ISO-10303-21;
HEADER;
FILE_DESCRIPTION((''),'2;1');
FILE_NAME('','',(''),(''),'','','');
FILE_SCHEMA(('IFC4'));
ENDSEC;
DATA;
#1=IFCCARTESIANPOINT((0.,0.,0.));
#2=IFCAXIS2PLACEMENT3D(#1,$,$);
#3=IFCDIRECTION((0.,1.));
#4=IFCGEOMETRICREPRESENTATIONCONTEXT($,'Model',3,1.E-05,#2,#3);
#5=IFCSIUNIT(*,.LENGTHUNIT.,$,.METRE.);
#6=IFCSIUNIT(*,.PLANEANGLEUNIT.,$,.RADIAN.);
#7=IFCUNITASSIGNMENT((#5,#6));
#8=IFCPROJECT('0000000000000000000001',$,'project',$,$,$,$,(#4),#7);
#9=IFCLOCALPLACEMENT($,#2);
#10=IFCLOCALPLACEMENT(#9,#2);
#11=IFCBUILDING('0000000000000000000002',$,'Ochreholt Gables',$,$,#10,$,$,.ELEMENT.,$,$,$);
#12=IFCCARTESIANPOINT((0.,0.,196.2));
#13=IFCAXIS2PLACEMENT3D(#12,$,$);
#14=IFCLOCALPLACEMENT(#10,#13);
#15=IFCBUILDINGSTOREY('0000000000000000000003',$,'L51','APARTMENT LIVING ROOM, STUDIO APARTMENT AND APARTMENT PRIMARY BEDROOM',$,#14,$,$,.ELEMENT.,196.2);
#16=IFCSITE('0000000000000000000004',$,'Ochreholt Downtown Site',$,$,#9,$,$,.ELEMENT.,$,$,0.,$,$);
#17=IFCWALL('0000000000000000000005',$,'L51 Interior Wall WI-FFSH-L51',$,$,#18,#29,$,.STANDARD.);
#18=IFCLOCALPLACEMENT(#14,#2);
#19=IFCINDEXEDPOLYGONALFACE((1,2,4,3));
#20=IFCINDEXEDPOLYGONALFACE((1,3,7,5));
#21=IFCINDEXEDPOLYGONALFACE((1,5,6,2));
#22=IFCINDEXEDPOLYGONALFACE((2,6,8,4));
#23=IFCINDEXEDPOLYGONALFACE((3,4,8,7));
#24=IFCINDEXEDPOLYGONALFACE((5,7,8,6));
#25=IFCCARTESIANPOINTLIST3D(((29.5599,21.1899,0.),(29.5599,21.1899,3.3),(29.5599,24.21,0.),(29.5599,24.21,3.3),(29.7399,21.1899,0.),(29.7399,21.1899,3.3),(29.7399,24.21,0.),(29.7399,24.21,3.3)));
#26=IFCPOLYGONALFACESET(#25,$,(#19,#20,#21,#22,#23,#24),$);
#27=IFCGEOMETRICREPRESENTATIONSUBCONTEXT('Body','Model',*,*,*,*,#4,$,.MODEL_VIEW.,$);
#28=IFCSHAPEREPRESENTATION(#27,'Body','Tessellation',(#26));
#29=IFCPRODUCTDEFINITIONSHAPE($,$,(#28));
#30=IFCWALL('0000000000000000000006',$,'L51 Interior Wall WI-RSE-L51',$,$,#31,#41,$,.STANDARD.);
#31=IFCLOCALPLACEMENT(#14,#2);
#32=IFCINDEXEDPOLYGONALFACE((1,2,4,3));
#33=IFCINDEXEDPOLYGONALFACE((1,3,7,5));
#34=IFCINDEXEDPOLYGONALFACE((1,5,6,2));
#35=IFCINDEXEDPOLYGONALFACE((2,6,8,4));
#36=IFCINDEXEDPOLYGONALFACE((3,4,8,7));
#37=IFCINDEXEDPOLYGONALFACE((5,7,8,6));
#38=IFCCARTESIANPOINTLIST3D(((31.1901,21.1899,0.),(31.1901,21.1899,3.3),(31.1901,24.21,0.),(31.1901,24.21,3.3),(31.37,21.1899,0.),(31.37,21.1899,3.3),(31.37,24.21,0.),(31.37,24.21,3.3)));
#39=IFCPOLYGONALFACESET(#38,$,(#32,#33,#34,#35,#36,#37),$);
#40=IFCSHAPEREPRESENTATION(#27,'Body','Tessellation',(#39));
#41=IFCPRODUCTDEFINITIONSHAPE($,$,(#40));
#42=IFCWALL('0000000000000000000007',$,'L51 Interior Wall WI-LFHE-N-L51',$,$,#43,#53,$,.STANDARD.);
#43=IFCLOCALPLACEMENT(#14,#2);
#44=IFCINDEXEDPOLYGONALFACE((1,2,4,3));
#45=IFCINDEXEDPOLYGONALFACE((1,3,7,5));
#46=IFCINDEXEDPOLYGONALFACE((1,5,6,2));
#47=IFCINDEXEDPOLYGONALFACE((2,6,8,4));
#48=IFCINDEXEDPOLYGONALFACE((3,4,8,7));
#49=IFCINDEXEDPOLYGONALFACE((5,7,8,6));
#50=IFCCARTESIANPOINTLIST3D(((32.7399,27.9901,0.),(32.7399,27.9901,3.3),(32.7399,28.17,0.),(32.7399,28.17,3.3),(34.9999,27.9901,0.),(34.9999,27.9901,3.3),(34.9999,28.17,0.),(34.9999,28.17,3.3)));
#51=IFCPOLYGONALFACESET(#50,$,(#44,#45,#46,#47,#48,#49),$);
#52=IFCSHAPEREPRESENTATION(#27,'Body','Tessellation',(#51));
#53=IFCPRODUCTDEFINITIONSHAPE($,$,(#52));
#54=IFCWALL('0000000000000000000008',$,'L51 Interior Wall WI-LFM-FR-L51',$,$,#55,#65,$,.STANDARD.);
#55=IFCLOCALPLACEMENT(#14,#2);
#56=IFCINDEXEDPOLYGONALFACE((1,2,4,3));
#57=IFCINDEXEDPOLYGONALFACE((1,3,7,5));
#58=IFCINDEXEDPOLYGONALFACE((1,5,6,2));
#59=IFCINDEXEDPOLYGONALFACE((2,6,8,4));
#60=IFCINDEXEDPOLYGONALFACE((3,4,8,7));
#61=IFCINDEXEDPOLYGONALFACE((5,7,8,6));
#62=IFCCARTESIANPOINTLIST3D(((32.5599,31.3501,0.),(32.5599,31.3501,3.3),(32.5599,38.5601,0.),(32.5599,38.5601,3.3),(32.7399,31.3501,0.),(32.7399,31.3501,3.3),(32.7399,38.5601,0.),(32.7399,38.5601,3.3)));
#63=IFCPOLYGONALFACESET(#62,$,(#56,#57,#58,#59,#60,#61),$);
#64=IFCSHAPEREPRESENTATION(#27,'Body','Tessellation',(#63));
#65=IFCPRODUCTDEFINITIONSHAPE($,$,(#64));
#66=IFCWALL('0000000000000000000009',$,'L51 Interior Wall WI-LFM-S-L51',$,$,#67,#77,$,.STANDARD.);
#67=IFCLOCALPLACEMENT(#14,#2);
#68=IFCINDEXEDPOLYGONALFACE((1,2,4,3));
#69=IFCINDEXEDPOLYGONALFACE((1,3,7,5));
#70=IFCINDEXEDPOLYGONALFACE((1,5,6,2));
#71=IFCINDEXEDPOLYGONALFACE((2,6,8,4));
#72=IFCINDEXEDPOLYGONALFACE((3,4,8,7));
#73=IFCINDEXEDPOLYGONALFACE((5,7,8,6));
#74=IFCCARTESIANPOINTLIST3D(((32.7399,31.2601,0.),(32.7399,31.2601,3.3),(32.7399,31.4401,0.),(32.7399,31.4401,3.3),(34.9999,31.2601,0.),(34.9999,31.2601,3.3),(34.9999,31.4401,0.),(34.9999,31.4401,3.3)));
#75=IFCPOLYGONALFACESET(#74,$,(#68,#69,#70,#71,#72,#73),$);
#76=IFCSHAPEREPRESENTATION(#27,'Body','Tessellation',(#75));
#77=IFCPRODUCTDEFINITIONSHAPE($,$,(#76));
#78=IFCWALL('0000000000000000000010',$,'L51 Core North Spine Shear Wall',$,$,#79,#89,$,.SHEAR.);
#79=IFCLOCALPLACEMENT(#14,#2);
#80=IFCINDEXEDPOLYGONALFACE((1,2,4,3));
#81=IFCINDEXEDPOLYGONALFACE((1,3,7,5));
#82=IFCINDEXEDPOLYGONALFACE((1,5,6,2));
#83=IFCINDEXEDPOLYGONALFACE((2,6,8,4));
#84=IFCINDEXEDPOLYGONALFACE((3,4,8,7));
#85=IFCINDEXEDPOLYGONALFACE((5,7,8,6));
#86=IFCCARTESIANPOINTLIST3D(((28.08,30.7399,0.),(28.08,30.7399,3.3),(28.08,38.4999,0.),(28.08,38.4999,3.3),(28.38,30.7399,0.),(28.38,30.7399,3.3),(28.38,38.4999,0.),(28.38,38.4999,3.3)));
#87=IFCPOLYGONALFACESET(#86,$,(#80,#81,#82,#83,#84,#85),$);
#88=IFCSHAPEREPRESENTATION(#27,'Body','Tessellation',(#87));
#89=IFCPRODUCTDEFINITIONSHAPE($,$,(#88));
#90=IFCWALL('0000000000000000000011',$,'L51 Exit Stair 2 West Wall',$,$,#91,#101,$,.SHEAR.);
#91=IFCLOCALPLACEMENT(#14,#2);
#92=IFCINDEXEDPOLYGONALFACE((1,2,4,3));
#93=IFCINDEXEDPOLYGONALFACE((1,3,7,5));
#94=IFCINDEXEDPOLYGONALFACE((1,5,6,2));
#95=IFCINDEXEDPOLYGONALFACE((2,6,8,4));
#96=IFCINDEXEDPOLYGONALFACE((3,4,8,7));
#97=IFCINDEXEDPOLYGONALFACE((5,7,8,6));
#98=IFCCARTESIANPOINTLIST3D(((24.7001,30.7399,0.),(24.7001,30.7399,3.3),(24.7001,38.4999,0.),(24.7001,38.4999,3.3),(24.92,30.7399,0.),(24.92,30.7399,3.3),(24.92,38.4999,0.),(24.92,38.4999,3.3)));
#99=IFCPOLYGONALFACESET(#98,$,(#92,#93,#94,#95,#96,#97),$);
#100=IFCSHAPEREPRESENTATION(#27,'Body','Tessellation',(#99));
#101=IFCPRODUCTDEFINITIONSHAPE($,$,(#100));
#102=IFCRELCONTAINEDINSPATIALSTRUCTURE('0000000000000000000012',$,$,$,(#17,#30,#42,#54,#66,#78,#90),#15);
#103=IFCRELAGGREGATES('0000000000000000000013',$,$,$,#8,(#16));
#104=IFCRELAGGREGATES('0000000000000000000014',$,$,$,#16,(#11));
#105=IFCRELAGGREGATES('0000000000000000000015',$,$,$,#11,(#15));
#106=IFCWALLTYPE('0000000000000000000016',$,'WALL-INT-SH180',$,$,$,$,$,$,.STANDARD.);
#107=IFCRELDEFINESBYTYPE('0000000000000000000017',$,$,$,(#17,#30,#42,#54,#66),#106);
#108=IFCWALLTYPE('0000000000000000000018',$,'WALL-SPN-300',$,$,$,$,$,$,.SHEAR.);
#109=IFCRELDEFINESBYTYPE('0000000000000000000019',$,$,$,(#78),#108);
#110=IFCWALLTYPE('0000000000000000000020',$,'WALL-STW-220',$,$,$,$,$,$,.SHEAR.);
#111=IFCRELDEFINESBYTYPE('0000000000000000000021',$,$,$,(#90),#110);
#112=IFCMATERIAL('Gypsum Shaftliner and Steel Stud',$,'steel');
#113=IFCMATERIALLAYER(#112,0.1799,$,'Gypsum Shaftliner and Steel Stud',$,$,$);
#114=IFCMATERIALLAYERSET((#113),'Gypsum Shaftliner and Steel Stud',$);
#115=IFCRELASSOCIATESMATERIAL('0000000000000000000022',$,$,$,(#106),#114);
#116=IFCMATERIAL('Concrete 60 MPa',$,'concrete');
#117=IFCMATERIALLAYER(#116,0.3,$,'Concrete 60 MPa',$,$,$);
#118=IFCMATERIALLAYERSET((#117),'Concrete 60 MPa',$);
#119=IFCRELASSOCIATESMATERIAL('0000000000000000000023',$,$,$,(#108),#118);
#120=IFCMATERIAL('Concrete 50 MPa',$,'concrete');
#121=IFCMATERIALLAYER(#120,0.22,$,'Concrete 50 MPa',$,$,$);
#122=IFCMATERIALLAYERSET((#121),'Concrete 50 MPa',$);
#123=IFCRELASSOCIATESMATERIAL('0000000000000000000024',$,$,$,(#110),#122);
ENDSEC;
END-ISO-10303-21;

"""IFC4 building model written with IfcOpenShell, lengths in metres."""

from ifc_helpers import new_model, si_unit, direction, frame, frame_2d, origin, place, context, subcontext, project, spatial, rectangle, extrude, material, layer, layer_set, type_object, element, save


model = new_model("IFC4")

# Units and contexts
model_context = context("Model", 3, precision=1e-05, world=origin(), true_north=direction((0.0, 1.0)))
body_context = subcontext(model_context, "Body", "Model", "MODEL_VIEW")
ifc_project = project(units=[si_unit("LENGTHUNIT", "METRE"), si_unit("PLANEANGLEUNIT", "RADIAN")], contexts=[model_context])

# Site, building, storey
site_placement = place(None, origin())
site = spatial("IfcSite", under=ifc_project, at=site_placement, Name="Ochreholt Downtown Site", CompositionType="ELEMENT", RefElevation=0.0)
building_placement = place(site_placement, origin())
building = spatial("IfcBuilding", under=site, at=building_placement, Name="Ochreholt Gables", CompositionType="ELEMENT")
storey_placement = place(building_placement, frame((0.0, 0.0, 196.2)))
storey = spatial("IfcBuildingStorey", under=building, at=storey_placement, Name="L51", Description="APARTMENT LIVING ROOM, STUDIO APARTMENT AND APARTMENT PRIMARY BEDROOM", CompositionType="ELEMENT", Elevation=196.2)

# Shared definitions
ifc_material_1 = material(Name="Concrete 50 MPa", Category="concrete")

# Shared definitions
ifc_material_2 = material(Name="Concrete 60 MPa", Category="concrete")

# Walls
ifc_material_3 = material(Name="Gypsum Shaftliner and Steel Stud", Category="steel")
ifc_layer_1 = layer(ifc_material_3, 0.1799, Name="Gypsum Shaftliner and Steel Stud")
ifc_layer_set_1 = layer_set([ifc_layer_1], Name="Gypsum Shaftliner and Steel Stud")
wall_type_1 = type_object("IfcWallType", Name="WALL-INT-SH180", PredefinedType="STANDARD", material=ifc_layer_set_1)
for number, where, z_axis, x_axis, name in (
    (1, (29.6499, 21.1899, 0.0), (0.0, 0.0, 1.0), (0.0, 1.0, 0.0), "L51 Interior Wall WI-FFSH-L51"),
    (2, (31.28, 21.1899, 0.0), (0.0, 0.0, 1.0), (0.0, 1.0, 0.0), "L51 Interior Wall WI-RSE-L51"),
):
    element("IfcWall", number, at=place(storey_placement, frame(where, z_axis=z_axis, x_axis=x_axis)), inside=storey, type_object=wall_type_1, Name=name, PredefinedType="STANDARD", context=body_context, shape_type="SweptSolid", body=[
        extrude(rectangle(XDim=3.02, YDim=0.1799, at=frame_2d((1.51, 0.0))), origin(), (0.0, 0.0, 1.0), 3.3),
    ])
wall_1_placement = place(storey_placement, frame((32.74, 28.0801, 0.0), z_axis=(0.0, 0.0, 1.0), x_axis=(1.0, 0.0, 0.0)))
element("IfcWall", 3, at=wall_1_placement, inside=storey, type_object=wall_type_1, Name="L51 Interior Wall WI-LFHE-N-L51", PredefinedType="STANDARD", context=body_context, shape_type="SweptSolid", body=[
    extrude(rectangle(XDim=2.26, YDim=0.1799, at=frame_2d((1.1299, 0.0))), origin(), (0.0, 0.0, 1.0), 3.3),
])
wall_2_placement = place(storey_placement, frame((32.6499, 31.3501, 0.0), z_axis=(0.0, 0.0, 1.0), x_axis=(0.0, 1.0, 0.0)))
element("IfcWall", 4, at=wall_2_placement, inside=storey, type_object=wall_type_1, Name="L51 Interior Wall WI-LFM-FR-L51", PredefinedType="STANDARD", context=body_context, shape_type="SweptSolid", body=[
    extrude(rectangle(XDim=7.21, YDim=0.1799, at=frame_2d((3.605, 0.0))), origin(), (0.0, 0.0, 1.0), 3.3),
])
wall_3_placement = place(storey_placement, frame((32.74, 31.3501, 0.0), z_axis=(0.0, 0.0, 1.0), x_axis=(1.0, 0.0, 0.0)))
element("IfcWall", 5, at=wall_3_placement, inside=storey, type_object=wall_type_1, Name="L51 Interior Wall WI-LFM-S-L51", PredefinedType="STANDARD", context=body_context, shape_type="SweptSolid", body=[
    extrude(rectangle(XDim=2.26, YDim=0.1799, at=frame_2d((1.1299, 0.0))), origin(), (0.0, 0.0, 1.0), 3.3),
])
ifc_layer_2 = layer(ifc_material_2, 0.3, Name="Concrete 60 MPa")
ifc_layer_set_2 = layer_set([ifc_layer_2], Name="Concrete 60 MPa")
wall_type_2 = type_object("IfcWallType", Name="WALL-SPN-300", PredefinedType="SHEAR", material=ifc_layer_set_2)
wall_4_placement = place(storey_placement, frame((28.23, 30.74, 0.0), z_axis=(0.0, 0.0, 1.0), x_axis=(0.0, 1.0, 0.0)))
element("IfcWall", 6, at=wall_4_placement, inside=storey, type_object=wall_type_2, Name="L51 Core North Spine Shear Wall", PredefinedType="SHEAR", context=body_context, shape_type="SweptSolid", body=[
    extrude(rectangle(XDim=7.76, YDim=0.3, at=frame_2d((3.8799, 0.0))), origin(), (0.0, 0.0, 1.0), 3.3),
])
ifc_layer_3 = layer(ifc_material_1, 0.22, Name="Concrete 50 MPa")
ifc_layer_set_3 = layer_set([ifc_layer_3], Name="Concrete 50 MPa")
wall_type_3 = type_object("IfcWallType", Name="WALL-STW-220", PredefinedType="SHEAR", material=ifc_layer_set_3)
wall_5_placement = place(storey_placement, frame((24.8101, 30.74, 0.0), z_axis=(0.0, 0.0, 1.0), x_axis=(0.0, 1.0, 0.0)))
element("IfcWall", 7, at=wall_5_placement, inside=storey, type_object=wall_type_3, Name="L51 Exit Stair 2 West Wall", PredefinedType="SHEAR", context=body_context, shape_type="SweptSolid", body=[
    extrude(rectangle(XDim=7.76, YDim=0.22, at=frame_2d((3.8799, 0.0))), origin(), (0.0, 0.0, 1.0), 3.3),
])

save(model, "model.ifc")
